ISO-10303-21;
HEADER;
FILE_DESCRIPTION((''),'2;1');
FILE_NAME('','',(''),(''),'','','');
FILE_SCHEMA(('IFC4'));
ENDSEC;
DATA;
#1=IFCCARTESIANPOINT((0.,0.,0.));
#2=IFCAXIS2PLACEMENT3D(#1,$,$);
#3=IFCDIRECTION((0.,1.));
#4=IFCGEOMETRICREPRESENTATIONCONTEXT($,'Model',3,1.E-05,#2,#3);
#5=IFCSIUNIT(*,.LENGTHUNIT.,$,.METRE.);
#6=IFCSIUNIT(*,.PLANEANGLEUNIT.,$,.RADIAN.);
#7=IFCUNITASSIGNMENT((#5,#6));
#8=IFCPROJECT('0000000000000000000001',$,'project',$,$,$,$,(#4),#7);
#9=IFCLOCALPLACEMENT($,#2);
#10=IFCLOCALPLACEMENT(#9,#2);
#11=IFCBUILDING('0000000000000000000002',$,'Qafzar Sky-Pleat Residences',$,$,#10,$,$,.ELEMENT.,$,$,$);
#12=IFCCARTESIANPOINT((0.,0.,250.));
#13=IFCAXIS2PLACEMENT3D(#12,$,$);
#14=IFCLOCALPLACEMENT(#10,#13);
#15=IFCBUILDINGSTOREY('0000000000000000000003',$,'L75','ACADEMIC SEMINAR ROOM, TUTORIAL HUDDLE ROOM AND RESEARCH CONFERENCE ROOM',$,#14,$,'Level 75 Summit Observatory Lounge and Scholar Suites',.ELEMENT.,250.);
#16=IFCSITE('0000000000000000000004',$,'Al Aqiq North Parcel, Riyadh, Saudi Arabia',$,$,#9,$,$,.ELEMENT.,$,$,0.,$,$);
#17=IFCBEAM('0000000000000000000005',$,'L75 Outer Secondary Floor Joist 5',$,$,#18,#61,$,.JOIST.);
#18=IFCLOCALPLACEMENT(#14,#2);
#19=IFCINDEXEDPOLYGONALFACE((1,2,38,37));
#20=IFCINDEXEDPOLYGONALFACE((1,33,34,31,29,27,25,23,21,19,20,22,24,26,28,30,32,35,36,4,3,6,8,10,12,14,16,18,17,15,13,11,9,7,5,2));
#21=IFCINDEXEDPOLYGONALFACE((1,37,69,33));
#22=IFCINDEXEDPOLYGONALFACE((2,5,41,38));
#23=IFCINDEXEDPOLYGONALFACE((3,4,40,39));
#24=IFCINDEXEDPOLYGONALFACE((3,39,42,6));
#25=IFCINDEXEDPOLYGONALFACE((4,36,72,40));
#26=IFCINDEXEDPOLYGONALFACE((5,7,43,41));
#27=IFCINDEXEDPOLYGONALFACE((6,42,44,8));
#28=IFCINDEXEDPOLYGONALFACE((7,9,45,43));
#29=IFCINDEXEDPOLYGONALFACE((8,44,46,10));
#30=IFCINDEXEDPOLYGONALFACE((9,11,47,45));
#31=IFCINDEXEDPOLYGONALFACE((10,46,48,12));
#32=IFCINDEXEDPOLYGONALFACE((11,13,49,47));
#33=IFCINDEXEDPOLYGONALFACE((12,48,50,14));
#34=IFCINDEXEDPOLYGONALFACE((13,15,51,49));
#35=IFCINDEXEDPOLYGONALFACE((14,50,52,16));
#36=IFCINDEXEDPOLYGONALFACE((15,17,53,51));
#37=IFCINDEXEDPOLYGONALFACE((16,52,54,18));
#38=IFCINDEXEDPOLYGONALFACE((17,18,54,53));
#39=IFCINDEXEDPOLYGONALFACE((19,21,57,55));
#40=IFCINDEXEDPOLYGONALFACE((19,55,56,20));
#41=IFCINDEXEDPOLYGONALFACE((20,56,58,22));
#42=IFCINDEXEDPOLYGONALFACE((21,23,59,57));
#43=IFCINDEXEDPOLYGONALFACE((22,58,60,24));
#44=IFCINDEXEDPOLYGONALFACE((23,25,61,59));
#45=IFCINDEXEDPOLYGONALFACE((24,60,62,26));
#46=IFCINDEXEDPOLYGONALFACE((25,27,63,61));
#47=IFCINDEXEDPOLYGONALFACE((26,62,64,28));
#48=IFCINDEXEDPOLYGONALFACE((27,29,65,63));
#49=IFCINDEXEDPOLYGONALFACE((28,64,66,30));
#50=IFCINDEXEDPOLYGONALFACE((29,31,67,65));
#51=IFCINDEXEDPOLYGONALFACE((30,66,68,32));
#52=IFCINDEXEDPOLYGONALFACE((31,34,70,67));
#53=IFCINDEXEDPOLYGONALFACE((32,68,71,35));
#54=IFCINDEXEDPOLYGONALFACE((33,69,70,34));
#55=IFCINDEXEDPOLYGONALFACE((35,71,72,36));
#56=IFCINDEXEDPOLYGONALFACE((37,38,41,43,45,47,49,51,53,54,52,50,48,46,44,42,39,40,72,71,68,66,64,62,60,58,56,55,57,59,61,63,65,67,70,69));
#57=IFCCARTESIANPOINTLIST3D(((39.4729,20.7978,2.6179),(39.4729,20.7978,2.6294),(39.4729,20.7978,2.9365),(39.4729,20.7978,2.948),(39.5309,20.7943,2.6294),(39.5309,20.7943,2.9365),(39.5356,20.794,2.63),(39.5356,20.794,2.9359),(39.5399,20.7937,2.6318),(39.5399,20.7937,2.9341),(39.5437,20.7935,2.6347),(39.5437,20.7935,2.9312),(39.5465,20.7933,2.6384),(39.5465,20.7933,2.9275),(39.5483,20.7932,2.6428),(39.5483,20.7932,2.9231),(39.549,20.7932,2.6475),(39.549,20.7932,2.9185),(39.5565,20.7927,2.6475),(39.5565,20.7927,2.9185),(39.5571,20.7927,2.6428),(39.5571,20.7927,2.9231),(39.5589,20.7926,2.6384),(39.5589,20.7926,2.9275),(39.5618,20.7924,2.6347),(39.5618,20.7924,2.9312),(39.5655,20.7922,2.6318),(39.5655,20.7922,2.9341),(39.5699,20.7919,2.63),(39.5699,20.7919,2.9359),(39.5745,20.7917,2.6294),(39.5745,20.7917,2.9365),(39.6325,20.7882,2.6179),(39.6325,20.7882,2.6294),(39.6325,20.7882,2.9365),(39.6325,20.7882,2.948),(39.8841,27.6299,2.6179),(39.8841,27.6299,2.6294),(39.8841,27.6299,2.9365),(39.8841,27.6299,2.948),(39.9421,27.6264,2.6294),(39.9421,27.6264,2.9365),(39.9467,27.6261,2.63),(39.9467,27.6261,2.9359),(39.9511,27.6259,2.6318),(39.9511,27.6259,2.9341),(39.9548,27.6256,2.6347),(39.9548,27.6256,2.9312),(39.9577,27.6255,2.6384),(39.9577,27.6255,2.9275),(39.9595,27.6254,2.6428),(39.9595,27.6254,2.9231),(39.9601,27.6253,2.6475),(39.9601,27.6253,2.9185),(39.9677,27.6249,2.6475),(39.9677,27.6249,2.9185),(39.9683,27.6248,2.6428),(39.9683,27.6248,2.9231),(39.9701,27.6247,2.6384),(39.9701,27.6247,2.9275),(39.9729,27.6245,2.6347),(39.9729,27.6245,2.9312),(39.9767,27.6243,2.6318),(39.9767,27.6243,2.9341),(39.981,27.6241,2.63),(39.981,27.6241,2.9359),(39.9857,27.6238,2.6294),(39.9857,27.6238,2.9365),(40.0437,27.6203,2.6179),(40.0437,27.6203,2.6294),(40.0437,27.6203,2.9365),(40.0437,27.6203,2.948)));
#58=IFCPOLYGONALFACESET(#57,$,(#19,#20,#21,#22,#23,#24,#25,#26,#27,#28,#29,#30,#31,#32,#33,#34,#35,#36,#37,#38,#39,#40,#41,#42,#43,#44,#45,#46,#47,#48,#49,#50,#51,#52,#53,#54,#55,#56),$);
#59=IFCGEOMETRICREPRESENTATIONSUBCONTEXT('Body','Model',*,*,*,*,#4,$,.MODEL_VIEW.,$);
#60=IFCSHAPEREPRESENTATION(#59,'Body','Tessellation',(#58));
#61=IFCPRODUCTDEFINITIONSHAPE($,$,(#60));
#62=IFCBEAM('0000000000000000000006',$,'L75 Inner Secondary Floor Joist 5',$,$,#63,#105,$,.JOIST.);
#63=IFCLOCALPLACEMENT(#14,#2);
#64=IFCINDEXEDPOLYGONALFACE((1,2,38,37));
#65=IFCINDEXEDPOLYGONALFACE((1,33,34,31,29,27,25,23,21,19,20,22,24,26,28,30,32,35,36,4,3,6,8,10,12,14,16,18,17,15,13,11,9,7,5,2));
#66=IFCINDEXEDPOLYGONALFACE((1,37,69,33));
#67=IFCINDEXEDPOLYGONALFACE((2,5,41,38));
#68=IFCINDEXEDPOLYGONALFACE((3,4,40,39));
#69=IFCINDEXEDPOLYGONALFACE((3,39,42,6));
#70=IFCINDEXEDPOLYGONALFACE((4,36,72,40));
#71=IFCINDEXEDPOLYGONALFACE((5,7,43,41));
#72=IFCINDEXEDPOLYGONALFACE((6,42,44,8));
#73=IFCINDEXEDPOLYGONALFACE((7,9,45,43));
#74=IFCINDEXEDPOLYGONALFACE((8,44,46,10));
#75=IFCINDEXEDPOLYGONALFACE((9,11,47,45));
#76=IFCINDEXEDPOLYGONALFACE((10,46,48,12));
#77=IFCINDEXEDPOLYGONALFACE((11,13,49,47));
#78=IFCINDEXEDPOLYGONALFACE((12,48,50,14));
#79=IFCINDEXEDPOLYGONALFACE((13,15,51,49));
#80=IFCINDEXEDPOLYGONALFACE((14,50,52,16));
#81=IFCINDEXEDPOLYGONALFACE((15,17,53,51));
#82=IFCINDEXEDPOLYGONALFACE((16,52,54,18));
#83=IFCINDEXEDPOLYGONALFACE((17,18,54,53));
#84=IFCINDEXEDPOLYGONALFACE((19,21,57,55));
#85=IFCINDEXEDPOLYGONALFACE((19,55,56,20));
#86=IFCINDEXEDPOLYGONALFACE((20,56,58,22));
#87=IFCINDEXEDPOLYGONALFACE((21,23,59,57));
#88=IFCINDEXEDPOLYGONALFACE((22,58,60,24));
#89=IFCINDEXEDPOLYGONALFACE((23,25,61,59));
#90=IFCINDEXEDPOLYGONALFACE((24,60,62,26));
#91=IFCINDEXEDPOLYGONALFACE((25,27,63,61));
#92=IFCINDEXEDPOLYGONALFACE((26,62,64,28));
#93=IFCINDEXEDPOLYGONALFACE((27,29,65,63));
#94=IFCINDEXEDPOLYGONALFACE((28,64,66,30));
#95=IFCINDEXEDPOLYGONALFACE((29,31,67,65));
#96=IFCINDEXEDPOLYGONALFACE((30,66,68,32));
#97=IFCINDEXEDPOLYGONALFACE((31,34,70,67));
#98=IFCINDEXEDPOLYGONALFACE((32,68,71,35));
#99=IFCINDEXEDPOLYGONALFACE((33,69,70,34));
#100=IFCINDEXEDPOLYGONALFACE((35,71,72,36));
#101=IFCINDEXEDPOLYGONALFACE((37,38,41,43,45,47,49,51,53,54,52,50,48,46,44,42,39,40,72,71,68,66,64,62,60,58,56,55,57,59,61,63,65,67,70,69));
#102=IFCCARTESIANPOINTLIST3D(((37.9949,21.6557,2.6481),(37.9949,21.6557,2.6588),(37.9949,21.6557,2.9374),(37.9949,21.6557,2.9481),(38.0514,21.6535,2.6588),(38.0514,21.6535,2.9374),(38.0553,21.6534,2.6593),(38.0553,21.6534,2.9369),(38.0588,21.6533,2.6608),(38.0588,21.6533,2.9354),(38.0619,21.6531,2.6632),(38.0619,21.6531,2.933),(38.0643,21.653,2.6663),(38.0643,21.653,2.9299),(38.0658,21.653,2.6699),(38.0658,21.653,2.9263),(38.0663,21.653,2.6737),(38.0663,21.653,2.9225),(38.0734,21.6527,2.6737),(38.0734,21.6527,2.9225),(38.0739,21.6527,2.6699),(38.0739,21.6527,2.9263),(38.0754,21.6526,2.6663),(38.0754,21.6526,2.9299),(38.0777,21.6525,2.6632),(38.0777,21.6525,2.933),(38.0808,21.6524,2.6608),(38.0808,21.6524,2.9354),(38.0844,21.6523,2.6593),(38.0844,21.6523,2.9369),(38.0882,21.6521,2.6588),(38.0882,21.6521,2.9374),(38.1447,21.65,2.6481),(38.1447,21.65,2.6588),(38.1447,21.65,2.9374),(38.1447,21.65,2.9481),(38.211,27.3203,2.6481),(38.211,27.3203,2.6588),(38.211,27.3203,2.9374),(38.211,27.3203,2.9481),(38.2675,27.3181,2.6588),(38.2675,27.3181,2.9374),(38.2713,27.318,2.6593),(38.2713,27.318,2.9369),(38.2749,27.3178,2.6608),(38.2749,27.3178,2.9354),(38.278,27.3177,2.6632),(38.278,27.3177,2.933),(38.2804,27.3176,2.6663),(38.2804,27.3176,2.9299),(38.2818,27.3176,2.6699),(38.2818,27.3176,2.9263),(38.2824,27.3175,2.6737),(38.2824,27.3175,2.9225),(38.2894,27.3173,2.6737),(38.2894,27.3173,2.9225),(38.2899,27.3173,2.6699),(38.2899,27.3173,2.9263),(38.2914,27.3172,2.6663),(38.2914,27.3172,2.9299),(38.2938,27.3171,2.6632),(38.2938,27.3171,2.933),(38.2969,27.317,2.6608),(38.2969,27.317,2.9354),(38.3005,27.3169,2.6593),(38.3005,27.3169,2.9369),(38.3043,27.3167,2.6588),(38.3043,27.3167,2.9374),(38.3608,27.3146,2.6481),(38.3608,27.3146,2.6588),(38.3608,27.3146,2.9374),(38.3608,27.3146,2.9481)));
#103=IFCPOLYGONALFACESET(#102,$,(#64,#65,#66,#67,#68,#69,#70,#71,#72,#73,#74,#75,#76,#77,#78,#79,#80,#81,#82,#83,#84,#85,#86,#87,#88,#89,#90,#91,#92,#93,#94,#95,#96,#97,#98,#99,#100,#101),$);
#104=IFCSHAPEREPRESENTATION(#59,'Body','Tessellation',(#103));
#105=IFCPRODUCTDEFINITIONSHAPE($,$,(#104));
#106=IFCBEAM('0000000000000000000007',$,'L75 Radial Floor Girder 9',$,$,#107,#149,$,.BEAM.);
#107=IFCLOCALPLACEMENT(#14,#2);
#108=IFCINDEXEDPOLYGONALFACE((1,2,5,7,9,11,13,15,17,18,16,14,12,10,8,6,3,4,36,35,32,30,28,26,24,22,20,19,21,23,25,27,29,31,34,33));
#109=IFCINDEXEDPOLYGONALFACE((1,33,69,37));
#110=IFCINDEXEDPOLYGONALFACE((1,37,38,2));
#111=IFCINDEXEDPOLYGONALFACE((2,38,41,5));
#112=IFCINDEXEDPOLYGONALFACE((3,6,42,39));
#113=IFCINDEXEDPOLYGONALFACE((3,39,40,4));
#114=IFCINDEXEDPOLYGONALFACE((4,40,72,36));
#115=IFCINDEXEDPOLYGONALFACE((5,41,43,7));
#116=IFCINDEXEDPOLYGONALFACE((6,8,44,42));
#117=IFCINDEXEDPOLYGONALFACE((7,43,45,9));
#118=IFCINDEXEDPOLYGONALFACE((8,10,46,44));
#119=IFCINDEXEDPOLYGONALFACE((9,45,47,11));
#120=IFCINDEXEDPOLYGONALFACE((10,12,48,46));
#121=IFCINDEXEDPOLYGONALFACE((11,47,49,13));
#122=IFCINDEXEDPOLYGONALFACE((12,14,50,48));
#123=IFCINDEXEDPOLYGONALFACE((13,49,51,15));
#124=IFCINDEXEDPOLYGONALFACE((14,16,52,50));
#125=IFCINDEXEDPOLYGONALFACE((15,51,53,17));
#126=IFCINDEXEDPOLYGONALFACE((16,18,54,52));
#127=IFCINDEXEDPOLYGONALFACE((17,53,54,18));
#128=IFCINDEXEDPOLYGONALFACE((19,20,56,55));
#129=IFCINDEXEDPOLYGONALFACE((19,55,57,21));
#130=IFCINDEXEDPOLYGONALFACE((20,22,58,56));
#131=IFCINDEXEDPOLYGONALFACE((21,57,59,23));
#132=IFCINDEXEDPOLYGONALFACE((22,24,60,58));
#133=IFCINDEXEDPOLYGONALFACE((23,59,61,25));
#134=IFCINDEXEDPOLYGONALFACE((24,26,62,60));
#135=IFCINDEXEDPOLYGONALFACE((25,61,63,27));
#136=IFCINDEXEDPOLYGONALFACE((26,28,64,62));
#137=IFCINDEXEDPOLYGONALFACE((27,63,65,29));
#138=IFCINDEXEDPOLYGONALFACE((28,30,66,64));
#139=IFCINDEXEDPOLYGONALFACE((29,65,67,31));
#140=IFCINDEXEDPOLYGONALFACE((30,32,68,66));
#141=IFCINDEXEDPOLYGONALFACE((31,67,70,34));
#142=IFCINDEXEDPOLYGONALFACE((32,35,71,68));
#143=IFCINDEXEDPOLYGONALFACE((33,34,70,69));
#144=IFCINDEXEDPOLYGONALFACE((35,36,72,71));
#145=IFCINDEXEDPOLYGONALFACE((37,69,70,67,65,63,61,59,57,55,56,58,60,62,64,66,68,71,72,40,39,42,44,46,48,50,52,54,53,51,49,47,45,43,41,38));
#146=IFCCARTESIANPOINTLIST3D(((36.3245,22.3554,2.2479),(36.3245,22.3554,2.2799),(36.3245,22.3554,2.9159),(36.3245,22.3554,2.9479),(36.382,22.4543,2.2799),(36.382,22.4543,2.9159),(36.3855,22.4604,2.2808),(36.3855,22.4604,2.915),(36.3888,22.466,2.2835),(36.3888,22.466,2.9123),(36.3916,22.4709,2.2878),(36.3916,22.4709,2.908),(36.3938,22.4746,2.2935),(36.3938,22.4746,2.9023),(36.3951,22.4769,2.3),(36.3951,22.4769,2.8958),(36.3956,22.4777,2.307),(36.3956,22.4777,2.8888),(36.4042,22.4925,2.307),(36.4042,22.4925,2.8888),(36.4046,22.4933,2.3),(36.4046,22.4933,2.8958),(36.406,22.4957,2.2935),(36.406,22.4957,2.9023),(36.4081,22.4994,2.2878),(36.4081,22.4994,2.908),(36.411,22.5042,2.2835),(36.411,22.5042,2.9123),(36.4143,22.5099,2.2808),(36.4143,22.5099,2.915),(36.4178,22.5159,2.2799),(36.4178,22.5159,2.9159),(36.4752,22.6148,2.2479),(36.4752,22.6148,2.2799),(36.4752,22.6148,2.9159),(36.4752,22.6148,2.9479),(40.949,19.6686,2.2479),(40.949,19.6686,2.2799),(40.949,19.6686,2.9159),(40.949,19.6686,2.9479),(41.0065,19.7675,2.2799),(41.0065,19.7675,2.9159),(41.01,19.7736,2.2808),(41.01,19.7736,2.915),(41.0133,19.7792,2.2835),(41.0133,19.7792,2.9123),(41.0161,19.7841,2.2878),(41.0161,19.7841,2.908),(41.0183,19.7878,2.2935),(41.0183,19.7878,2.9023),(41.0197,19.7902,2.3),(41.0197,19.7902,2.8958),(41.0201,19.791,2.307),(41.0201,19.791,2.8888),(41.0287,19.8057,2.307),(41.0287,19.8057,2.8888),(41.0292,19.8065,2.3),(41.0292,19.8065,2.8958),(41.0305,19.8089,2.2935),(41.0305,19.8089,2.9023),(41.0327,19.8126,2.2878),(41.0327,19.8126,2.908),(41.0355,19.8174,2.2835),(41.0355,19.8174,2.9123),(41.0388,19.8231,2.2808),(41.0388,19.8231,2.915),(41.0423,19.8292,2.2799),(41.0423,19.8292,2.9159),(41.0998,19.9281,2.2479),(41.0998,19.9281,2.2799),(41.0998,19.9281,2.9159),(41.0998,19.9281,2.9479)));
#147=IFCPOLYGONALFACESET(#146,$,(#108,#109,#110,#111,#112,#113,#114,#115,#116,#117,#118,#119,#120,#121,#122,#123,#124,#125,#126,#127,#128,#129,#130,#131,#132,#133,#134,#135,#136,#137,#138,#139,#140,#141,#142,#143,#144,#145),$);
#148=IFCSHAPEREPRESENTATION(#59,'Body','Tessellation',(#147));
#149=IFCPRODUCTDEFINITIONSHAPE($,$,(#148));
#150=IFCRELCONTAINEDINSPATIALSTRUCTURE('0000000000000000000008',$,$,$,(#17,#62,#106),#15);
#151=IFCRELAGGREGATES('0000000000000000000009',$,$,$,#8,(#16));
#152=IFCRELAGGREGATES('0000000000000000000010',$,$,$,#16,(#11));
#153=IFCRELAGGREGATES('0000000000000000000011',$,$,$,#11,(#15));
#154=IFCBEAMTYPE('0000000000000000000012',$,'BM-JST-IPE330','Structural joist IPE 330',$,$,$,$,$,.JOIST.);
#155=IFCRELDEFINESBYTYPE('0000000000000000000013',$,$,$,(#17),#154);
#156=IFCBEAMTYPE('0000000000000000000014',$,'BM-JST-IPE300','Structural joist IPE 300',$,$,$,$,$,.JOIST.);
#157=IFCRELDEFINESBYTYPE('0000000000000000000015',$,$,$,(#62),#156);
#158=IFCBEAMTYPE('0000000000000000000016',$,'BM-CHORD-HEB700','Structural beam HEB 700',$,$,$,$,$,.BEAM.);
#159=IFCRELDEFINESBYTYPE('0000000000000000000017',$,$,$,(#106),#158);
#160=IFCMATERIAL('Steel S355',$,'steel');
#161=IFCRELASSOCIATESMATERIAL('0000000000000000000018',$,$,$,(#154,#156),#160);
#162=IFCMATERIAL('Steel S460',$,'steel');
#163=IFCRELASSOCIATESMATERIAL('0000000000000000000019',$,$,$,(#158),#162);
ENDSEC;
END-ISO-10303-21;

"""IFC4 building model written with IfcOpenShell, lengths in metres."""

from ifc_helpers import new_model, si_unit, direction, frame, origin, origin_2d, place, context, subcontext, project, spatial, i_section, extrude, source, transform, mapped, material, material_profile, profile_set, type_object, element, save


model = new_model("IFC4")

# Units and contexts
model_context = context("Model", 3, precision=1e-05, world=origin(), true_north=direction((0.0, 1.0)))
body_context = subcontext(model_context, "Body", "Model", "MODEL_VIEW")
ifc_project = project(units=[si_unit("LENGTHUNIT", "METRE"), si_unit("PLANEANGLEUNIT", "RADIAN")], contexts=[model_context])

# Site, building, storey
site_placement = place(None, origin())
site = spatial("IfcSite", under=ifc_project, at=site_placement, Name="Al Aqiq North Parcel, Riyadh, Saudi Arabia", CompositionType="ELEMENT", RefElevation=0.0)
building_placement = place(site_placement, origin())
building = spatial("IfcBuilding", under=site, at=building_placement, Name="Qafzar Sky-Pleat Residences", CompositionType="ELEMENT")
storey_placement = place(building_placement, frame((0.0, 0.0, 250.0)))
storey = spatial("IfcBuildingStorey", under=building, at=storey_placement, Name="L75", Description="ACADEMIC SEMINAR ROOM, TUTORIAL HUDDLE ROOM AND RESEARCH CONFERENCE ROOM", LongName="Level 75 Summit Observatory Lounge and Scholar Suites", CompositionType="ELEMENT", Elevation=250.0)

# Shared definitions
ifc_material_1 = material(Name="Steel S355", Category="steel")

# Beams
ifc_material_profile_1 = material_profile(ifc_material_1, i_section(OverallWidth=0.1599, OverallDepth=0.3301, WebThickness=0.0076, FlangeThickness=0.0115, FilletRadius=0.0181, at=origin_2d()), Name="IPE 330")
ifc_profile_set_1 = profile_set([ifc_material_profile_1], Name="Steel S355")
beam_type_1 = type_object("IfcBeamType", Name="BM-JST-IPE330", Description="Structural joist IPE 330", PredefinedType="JOIST", material=ifc_profile_set_1)
shared_shape_1 = source(origin(), body_context, "Body", "SweptSolid", [
    extrude(i_section(OverallWidth=0.1599, OverallDepth=0.3301, WebThickness=0.0076, FlangeThickness=0.0115, FilletRadius=0.0181, at=origin_2d()), origin(), (0.0, 0.0, 1.0), 6.8445),
])
beam_1_placement = place(storey_placement, frame((39.5527, 20.793, 2.783), z_axis=(0.060069, 0.998194, 0.0), x_axis=(-0.998194, 0.060069, 0.0)))
element("IfcBeam", 1, at=beam_1_placement, inside=storey, type_object=beam_type_1, Name="L75 Outer Secondary Floor Joist 5", PredefinedType="JOIST", context=body_context, shape_type="MappedRepresentation", body=[
    mapped(shared_shape_1, transform((0.0, 0.0, 0.0), x_axis=(1.0, 0.0, 0.0), y_axis=(0.0, 1.0, 0.0), z_axis=(0.0, 0.0, 1.0), scale=1.0)),
])
ifc_material_profile_2 = material_profile(ifc_material_1, i_section(OverallWidth=0.1499, OverallDepth=0.3, WebThickness=0.0071, FlangeThickness=0.0107, FilletRadius=0.0149, at=origin_2d()), Name="IPE 300")
ifc_profile_set_2 = profile_set([ifc_material_profile_2], Name="Steel S355")
beam_type_2 = type_object("IfcBeamType", Name="BM-JST-IPE300", Description="Structural joist IPE 300", PredefinedType="JOIST", material=ifc_profile_set_2)
shared_shape_2 = source(origin(), body_context, "Body", "SweptSolid", [
    extrude(i_section(OverallWidth=0.1499, OverallDepth=0.3, WebThickness=0.0071, FlangeThickness=0.0107, FilletRadius=0.0149, at=origin_2d()), origin(), (0.0, 0.0, 1.0), 5.6687),
])
beam_2_placement = place(storey_placement, frame((38.0698, 21.6528, 2.7981), z_axis=(0.038116, 0.999273, 0.0), x_axis=(-0.999273, 0.038116, 0.0)))
element("IfcBeam", 2, at=beam_2_placement, inside=storey, type_object=beam_type_2, Name="L75 Inner Secondary Floor Joist 5", PredefinedType="JOIST", context=body_context, shape_type="MappedRepresentation", body=[
    mapped(shared_shape_2, transform((0.0, 0.0, 0.0), x_axis=(1.0, 0.0, 0.0), y_axis=(0.0, 1.0, 0.0), z_axis=(0.0, 0.0, 1.0), scale=1.0)),
])
ifc_material_2 = material(Name="Steel S460", Category="steel")
ifc_material_profile_3 = material_profile(ifc_material_2, i_section(OverallWidth=0.3, OverallDepth=0.7, WebThickness=0.0171, FlangeThickness=0.032, FilletRadius=0.0271, at=origin_2d()), Name="HEB 700")
ifc_profile_set_3 = profile_set([ifc_material_profile_3], Name="Steel S460")
beam_type_3 = type_object("IfcBeamType", Name="BM-CHORD-HEB700", Description="Structural beam HEB 700", PredefinedType="BEAM", material=ifc_profile_set_3)
shared_shape_3 = source(origin(), body_context, "Body", "SweptSolid", [
    extrude(i_section(OverallWidth=0.3, OverallDepth=0.7, WebThickness=0.0171, FlangeThickness=0.032, FilletRadius=0.0271, at=origin_2d()), origin(), (0.0, 0.0, 1.0), 5.3484),
])
beam_3_placement = place(storey_placement, frame((41.0244, 19.7983, 2.5979), z_axis=(-0.864662, 0.502355, 0.0), x_axis=(-0.502355, -0.864662, 0.0)))
element("IfcBeam", 3, at=beam_3_placement, inside=storey, type_object=beam_type_3, Name="L75 Radial Floor Girder 9", PredefinedType="BEAM", context=body_context, shape_type="MappedRepresentation", body=[
    mapped(shared_shape_3, transform((0.0, 0.0, 0.0), x_axis=(1.0, 0.0, 0.0), y_axis=(0.0, 1.0, 0.0), z_axis=(0.0, 0.0, 1.0), scale=1.0)),
])

save(model, "model.ifc")
